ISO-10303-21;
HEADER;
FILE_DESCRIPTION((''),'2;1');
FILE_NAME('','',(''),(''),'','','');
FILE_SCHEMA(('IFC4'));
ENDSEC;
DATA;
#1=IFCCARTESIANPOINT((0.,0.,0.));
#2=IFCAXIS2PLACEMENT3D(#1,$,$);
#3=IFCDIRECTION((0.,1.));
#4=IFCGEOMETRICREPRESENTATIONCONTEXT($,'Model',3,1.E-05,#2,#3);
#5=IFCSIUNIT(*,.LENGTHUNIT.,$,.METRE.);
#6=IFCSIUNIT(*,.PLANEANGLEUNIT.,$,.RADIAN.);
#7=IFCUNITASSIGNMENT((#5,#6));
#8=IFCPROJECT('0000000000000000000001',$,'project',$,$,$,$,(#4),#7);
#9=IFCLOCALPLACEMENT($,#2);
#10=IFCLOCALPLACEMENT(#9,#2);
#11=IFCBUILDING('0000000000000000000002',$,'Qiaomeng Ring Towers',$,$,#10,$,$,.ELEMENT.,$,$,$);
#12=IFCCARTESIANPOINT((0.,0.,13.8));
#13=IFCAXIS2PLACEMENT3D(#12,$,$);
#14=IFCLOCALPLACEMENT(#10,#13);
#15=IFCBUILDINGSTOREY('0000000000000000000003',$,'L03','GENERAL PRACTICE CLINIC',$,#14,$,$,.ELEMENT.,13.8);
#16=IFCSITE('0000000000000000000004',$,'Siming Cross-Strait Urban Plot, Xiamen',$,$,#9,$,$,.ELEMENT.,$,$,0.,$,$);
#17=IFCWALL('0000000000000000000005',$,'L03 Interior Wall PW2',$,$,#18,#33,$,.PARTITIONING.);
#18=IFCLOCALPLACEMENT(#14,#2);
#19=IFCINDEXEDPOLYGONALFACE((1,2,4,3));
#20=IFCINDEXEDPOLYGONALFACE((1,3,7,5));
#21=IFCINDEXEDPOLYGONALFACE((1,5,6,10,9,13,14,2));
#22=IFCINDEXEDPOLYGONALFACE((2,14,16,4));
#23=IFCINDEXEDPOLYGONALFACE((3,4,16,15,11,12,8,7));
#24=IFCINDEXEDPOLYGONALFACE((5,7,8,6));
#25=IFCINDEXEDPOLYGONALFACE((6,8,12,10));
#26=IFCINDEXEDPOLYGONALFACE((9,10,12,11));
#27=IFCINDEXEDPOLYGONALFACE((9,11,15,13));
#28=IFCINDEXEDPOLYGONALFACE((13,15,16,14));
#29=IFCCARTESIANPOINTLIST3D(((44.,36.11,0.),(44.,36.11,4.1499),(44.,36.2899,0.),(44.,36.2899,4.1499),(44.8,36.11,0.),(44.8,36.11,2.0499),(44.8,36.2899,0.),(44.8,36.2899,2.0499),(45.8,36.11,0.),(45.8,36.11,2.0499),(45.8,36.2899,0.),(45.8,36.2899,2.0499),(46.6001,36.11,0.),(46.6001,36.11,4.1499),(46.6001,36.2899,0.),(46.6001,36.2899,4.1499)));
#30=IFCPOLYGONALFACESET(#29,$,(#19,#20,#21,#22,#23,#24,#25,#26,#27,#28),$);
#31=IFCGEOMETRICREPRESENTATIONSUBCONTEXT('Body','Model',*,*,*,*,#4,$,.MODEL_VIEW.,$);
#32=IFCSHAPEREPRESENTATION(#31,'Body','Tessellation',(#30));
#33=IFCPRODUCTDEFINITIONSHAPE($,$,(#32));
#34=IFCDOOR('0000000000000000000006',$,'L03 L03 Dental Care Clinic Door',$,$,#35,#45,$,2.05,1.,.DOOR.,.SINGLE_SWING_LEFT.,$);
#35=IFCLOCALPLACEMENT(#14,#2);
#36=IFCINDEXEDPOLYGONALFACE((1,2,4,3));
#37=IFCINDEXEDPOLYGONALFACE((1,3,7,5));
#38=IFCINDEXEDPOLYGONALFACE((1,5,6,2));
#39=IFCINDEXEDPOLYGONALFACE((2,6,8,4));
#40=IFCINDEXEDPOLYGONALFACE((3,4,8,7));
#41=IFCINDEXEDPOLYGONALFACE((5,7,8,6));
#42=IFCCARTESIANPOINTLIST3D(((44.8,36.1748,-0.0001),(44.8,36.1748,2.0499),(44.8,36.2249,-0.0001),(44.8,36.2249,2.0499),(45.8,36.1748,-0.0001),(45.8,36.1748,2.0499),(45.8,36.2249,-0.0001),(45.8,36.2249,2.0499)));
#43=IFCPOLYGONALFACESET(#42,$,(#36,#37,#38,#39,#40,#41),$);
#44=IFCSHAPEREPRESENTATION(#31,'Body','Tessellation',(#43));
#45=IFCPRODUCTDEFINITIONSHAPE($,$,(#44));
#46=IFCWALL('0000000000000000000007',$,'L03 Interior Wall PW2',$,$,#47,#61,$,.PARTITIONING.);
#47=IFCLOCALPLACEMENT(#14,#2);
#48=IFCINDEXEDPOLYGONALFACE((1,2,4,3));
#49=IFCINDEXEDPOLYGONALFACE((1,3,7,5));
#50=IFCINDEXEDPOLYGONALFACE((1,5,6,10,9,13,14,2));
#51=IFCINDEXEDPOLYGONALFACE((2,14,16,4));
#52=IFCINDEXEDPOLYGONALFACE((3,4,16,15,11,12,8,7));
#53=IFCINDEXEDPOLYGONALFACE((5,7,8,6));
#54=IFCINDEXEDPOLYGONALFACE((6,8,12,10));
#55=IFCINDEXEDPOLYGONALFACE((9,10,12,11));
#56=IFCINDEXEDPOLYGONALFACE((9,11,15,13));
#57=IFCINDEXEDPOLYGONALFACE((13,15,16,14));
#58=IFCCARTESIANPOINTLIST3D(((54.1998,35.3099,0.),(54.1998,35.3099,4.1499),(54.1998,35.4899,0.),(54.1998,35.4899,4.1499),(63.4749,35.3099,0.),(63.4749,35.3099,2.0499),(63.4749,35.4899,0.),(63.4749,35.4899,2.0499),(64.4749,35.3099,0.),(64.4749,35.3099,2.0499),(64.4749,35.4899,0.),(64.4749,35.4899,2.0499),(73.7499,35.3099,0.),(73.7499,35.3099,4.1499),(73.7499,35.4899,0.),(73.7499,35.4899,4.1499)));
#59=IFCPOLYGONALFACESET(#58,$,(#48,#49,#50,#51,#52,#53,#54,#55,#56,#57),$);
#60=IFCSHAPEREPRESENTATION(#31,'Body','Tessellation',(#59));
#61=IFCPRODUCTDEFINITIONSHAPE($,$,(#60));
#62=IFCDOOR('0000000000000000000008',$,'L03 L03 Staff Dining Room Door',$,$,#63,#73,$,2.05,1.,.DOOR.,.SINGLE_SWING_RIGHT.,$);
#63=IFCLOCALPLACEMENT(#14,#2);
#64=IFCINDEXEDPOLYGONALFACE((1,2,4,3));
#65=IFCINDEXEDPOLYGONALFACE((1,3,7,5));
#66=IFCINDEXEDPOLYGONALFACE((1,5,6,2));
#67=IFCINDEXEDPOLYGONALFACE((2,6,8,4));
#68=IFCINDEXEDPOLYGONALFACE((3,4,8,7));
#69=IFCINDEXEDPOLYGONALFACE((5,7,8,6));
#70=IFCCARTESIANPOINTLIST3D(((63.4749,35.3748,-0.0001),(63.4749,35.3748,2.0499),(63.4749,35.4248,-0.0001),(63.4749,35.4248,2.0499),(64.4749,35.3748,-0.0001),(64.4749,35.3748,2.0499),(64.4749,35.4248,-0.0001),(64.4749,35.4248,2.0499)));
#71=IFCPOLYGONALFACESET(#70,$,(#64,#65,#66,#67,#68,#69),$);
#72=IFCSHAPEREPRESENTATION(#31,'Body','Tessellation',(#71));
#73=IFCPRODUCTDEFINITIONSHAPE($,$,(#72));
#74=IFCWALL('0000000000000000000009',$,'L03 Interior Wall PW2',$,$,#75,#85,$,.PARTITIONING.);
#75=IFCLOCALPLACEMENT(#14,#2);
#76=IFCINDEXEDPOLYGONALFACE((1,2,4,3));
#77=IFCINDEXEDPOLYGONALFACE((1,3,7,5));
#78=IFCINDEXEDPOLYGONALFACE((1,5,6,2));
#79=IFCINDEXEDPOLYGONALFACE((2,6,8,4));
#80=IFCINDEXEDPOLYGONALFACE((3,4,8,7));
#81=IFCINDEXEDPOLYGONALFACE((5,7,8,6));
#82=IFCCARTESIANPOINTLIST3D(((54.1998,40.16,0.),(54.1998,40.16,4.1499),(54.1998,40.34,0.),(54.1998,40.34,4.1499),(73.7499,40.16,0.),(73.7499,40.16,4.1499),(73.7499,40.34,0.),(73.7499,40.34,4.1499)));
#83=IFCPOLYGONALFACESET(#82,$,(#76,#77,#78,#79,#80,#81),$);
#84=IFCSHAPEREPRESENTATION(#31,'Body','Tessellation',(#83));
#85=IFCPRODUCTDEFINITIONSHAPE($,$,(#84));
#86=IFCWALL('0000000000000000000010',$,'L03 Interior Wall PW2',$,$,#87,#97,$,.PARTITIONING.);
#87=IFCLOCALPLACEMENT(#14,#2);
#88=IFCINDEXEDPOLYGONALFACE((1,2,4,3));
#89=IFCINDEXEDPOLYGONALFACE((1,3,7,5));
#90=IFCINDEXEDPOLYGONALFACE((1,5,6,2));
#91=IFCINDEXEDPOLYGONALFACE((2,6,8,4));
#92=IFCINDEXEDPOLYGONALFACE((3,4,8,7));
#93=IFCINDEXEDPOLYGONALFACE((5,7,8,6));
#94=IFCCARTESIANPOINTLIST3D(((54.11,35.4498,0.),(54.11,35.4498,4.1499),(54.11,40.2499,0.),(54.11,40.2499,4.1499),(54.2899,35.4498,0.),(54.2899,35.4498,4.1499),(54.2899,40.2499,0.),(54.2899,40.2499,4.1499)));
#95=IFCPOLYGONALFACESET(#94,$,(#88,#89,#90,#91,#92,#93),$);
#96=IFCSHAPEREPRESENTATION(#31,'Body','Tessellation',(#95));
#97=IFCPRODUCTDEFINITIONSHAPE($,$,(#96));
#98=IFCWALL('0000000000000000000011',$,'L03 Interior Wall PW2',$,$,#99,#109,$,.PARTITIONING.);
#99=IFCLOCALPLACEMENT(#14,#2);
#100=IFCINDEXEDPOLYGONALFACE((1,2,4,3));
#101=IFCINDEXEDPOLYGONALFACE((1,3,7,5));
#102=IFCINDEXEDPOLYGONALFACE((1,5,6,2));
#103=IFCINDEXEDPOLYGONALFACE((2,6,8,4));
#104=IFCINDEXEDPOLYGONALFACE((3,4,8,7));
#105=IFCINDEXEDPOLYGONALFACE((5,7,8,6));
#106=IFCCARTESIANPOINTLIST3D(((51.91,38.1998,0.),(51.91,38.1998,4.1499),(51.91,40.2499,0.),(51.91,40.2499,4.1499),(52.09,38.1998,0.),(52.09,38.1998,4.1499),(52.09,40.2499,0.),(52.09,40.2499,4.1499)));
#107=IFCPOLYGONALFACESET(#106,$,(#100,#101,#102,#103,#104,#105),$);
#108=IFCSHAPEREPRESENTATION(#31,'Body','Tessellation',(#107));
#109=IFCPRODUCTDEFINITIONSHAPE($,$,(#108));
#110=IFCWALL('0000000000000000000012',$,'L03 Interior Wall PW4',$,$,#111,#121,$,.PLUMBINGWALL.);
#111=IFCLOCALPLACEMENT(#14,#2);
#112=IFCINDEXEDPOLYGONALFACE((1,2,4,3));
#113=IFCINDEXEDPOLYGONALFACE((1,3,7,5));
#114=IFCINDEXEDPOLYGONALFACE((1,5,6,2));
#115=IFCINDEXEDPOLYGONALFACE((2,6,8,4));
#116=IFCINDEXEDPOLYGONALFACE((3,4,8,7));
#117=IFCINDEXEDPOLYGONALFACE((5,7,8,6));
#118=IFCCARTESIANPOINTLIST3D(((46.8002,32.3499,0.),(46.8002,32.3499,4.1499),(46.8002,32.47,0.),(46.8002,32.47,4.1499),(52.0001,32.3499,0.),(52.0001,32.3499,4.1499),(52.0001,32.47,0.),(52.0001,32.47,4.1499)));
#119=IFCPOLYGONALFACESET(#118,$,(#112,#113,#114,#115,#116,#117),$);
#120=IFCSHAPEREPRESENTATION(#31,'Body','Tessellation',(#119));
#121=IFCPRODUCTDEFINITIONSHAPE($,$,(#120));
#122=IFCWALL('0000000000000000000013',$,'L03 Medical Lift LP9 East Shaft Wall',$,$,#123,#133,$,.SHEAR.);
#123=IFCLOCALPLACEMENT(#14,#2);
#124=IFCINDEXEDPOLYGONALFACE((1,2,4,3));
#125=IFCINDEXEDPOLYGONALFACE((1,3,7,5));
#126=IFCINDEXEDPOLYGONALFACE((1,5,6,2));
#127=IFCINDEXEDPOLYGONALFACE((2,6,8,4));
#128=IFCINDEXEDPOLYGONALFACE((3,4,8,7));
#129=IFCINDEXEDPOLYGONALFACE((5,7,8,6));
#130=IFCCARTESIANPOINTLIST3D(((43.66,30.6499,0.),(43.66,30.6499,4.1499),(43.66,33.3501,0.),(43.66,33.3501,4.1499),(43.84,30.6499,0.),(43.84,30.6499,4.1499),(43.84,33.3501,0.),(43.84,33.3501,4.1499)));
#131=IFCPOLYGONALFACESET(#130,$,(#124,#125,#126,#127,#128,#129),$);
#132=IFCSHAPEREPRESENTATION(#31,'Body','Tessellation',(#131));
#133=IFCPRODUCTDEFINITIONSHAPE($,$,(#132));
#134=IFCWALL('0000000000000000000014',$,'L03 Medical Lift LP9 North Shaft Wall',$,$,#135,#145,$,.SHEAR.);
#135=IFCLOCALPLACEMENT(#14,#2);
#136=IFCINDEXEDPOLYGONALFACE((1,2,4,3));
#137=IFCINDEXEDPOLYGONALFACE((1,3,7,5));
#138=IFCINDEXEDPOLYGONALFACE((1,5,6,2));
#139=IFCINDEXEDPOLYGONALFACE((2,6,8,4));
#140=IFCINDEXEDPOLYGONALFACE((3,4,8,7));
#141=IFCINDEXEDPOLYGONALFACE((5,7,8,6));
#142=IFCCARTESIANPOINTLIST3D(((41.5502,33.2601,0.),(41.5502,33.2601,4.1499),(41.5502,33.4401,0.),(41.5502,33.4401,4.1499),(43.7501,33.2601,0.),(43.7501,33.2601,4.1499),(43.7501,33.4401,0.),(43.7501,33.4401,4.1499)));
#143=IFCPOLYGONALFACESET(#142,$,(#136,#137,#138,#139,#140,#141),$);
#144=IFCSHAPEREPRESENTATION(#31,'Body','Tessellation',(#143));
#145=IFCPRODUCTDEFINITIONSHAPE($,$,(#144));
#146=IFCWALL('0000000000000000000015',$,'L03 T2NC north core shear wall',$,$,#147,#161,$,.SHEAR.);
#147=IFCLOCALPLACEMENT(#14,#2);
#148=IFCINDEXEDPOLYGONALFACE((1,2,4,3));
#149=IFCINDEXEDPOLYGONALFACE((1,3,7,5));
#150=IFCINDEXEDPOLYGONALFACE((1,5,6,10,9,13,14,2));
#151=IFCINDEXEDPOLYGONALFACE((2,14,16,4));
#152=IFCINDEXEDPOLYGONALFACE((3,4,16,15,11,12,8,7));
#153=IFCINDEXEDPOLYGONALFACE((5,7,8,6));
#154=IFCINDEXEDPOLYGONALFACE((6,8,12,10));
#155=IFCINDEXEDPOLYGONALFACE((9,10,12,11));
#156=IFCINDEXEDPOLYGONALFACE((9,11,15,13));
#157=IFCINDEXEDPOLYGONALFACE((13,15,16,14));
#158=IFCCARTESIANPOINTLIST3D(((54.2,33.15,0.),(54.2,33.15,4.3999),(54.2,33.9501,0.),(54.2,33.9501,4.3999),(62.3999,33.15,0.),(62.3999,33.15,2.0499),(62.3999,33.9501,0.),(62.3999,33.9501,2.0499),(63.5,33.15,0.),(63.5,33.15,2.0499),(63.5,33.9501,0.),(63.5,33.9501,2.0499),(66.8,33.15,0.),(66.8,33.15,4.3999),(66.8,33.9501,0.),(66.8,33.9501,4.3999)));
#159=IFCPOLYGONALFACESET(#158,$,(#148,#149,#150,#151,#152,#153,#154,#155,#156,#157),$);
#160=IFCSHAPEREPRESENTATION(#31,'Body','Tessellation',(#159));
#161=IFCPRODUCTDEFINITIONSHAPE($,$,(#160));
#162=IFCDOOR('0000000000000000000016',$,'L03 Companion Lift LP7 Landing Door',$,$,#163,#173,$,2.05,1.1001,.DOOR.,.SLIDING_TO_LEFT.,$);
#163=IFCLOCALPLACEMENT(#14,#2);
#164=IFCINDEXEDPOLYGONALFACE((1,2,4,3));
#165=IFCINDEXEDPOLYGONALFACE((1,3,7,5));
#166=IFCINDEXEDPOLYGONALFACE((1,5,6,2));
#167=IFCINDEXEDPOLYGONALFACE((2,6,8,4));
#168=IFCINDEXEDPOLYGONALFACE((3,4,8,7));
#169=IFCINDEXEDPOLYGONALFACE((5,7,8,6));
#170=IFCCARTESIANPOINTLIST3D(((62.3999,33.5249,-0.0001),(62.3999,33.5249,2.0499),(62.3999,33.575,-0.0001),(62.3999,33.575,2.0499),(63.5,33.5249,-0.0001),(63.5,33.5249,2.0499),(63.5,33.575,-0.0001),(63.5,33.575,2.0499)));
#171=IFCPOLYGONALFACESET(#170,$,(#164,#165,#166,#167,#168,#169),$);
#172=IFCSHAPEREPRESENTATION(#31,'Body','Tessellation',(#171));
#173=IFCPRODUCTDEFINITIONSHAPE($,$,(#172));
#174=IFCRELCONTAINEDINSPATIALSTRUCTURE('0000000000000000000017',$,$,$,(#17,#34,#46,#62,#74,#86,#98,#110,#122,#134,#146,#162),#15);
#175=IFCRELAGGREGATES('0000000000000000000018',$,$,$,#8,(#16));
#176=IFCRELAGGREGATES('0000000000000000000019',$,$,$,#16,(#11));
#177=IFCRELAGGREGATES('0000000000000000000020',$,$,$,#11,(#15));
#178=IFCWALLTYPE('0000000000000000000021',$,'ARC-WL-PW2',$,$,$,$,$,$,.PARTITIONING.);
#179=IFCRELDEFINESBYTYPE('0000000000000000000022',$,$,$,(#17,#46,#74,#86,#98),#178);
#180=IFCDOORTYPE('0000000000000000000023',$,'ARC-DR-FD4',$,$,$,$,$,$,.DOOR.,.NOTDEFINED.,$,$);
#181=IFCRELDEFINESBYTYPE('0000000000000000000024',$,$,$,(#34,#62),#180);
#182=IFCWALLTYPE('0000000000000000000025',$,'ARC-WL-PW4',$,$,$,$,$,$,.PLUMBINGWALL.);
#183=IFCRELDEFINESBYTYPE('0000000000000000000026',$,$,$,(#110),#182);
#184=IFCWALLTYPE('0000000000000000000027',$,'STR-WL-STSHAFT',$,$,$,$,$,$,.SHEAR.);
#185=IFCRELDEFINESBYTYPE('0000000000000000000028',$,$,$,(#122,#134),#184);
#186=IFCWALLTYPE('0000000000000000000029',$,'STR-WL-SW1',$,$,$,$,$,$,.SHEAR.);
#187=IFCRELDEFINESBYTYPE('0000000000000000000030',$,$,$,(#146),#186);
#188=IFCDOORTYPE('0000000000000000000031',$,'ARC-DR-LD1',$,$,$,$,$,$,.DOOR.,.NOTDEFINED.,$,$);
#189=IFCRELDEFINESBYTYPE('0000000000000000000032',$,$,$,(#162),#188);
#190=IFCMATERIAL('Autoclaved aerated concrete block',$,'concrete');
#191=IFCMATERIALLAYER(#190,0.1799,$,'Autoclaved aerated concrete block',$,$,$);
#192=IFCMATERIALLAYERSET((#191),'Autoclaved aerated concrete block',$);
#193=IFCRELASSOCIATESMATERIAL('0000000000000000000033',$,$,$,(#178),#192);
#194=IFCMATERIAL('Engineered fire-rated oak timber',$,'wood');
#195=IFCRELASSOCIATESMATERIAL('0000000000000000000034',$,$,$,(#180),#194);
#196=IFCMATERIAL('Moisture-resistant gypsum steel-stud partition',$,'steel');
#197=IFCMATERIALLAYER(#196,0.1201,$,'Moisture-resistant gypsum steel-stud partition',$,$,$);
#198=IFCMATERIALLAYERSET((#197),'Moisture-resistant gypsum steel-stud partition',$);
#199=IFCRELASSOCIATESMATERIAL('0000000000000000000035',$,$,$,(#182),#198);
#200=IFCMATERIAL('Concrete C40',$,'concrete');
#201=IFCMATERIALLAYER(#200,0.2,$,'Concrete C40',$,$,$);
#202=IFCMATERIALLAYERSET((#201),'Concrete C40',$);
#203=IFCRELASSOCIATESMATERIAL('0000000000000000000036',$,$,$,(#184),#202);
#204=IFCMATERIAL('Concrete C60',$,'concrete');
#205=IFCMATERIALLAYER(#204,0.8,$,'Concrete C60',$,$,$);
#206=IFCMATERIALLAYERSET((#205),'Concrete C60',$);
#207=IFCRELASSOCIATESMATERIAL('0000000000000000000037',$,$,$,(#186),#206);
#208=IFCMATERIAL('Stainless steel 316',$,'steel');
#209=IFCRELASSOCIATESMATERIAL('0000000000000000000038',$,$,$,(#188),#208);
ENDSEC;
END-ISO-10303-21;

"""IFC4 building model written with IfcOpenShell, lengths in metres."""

from ifc_helpers import new_model, si_unit, direction, frame, frame_2d, origin, place, context, subcontext, project, spatial, rectangle, extrude, source, transform, mapped, material, layer, layer_set, type_object, element, fill, save


model = new_model("IFC4")

# Units and contexts
model_context = context("Model", 3, precision=1e-05, world=origin(), true_north=direction((0.0, 1.0)))
body_context = subcontext(model_context, "Body", "Model", "MODEL_VIEW")
ifc_project = project(units=[si_unit("LENGTHUNIT", "METRE"), si_unit("PLANEANGLEUNIT", "RADIAN")], contexts=[model_context])

# Site, building, storey
site_placement = place(None, origin())
site = spatial("IfcSite", under=ifc_project, at=site_placement, Name="Siming Cross-Strait Urban Plot, Xiamen", CompositionType="ELEMENT", RefElevation=0.0)
building_placement = place(site_placement, origin())
building = spatial("IfcBuilding", under=site, at=building_placement, Name="Qiaomeng Ring Towers", CompositionType="ELEMENT")
storey_placement = place(building_placement, frame((0.0, 0.0, 13.8)))
storey = spatial("IfcBuildingStorey", under=building, at=storey_placement, Name="L03", Description="GENERAL PRACTICE CLINIC", CompositionType="ELEMENT", Elevation=13.8)

# Shared definitions
ifc_material_1 = material(Name="Concrete C60", Category="concrete")

# Shared definitions
ifc_material_2 = material(Name="Autoclaved aerated concrete block", Category="concrete")
ifc_layer_1 = layer(ifc_material_2, 0.1799, Name="Autoclaved aerated concrete block")
ifc_layer_set_1 = layer_set([ifc_layer_1], Name="Autoclaved aerated concrete block")
wall_type_1 = type_object("IfcWallType", Name="ARC-WL-PW2", PredefinedType="PARTITIONING", material=ifc_layer_set_1)

# Walls, openings, doors
wall_1_placement = place(storey_placement, frame((44.0, 36.2, 0.0), z_axis=(0.0, 0.0, 1.0), x_axis=(1.0, 0.0, 0.0)))
wall_1 = element("IfcWall", 1, at=wall_1_placement, inside=storey, type_object=wall_type_1, Name="L03 Interior Wall PW2", PredefinedType="PARTITIONING", context=body_context, shape_type="SweptSolid", body=[
    extrude(rectangle(XDim=2.6001, YDim=0.1799, at=frame_2d((1.3, 0.0))), origin(), (0.0, 0.0, 1.0), 4.1499),
])
opening_1_placement = place(wall_1_placement, frame((0.8, 0.0, 0.0)))
opening_1 = element("IfcOpeningElement", 2, at=opening_1_placement, cuts=wall_1, PredefinedType="OPENING", context=body_context, shape_type="SweptSolid", body=[
    extrude(rectangle(XDim=1.0, YDim=2.05, at=frame_2d((0.5, 1.0249))), frame((0.0, 0.0999, 0.0), z_axis=(0.0, -1.0, 0.0), x_axis=(1.0, 0.0, 0.0)), (0.0, 0.0, 1.0), 0.2),
])
ifc_material_3 = material(Name="Engineered fire-rated oak timber", Category="wood")
door_type_1 = type_object("IfcDoorType", Name="ARC-DR-FD4", OperationType="NOTDEFINED", PredefinedType="DOOR", material=ifc_material_3)
shared_shape_1 = source(origin(), body_context, "Body", "SweptSolid", [
    extrude(rectangle(XDim=1.0, YDim=2.05, at=frame_2d((0.5, 1.0249))), frame((0.0, 0.0249, 0.0), z_axis=(0.0, -1.0, 0.0), x_axis=(1.0, 0.0, 0.0)), (0.0, 0.0, 1.0), 0.05),
])
door_1_placement = place(opening_1_placement, origin())
door_1 = element("IfcDoor", 3, at=door_1_placement, inside=storey, type_object=door_type_1, Name="L03 L03 Dental Care Clinic Door", OperationType="SINGLE_SWING_LEFT", OverallHeight=2.05, OverallWidth=1.0, PredefinedType="DOOR", context=body_context, shape_type="MappedRepresentation", body=[
    mapped(shared_shape_1, transform((0.0, 0.0, 0.0), x_axis=(1.0, 0.0, 0.0), y_axis=(0.0, 1.0, 0.0), z_axis=(0.0, 0.0, 1.0), scale=1.0)),
])
fill(opening_1, door_1)
wall_2_placement = place(storey_placement, frame((54.2, 35.3999, 0.0), z_axis=(0.0, 0.0, 1.0), x_axis=(1.0, 0.0, 0.0)))
wall_2 = element("IfcWall", 4, at=wall_2_placement, inside=storey, type_object=wall_type_1, Name="L03 Interior Wall PW2", PredefinedType="PARTITIONING", context=body_context, shape_type="SweptSolid", body=[
    extrude(rectangle(XDim=19.55, YDim=0.1799, at=frame_2d((9.7749, 0.0))), origin(), (0.0, 0.0, 1.0), 4.1499),
])
opening_2_placement = place(wall_2_placement, frame((9.2749, 0.0, 0.0)))
opening_2 = element("IfcOpeningElement", 5, at=opening_2_placement, cuts=wall_2, PredefinedType="OPENING", context=body_context, shape_type="SweptSolid", body=[
    extrude(rectangle(XDim=1.0, YDim=2.05, at=frame_2d((0.5, 1.0249))), frame((0.0, 0.0999, 0.0), z_axis=(0.0, -1.0, 0.0), x_axis=(1.0, 0.0, 0.0)), (0.0, 0.0, 1.0), 0.2),
])
door_2_placement = place(opening_2_placement, origin())
door_2 = element("IfcDoor", 6, at=door_2_placement, inside=storey, type_object=door_type_1, Name="L03 L03 Staff Dining Room Door", OperationType="SINGLE_SWING_RIGHT", OverallHeight=2.05, OverallWidth=1.0, PredefinedType="DOOR", context=body_context, shape_type="MappedRepresentation", body=[
    mapped(shared_shape_1, transform((0.0, 0.0, 0.0), x_axis=(1.0, 0.0, 0.0), y_axis=(0.0, 1.0, 0.0), z_axis=(0.0, 0.0, 1.0), scale=1.0)),
])
fill(opening_2, door_2)

# Walls
wall_3_placement = place(storey_placement, frame((54.2, 40.25, 0.0), z_axis=(0.0, 0.0, 1.0), x_axis=(1.0, 0.0, 0.0)))
element("IfcWall", 7, at=wall_3_placement, inside=storey, type_object=wall_type_1, Name="L03 Interior Wall PW2", PredefinedType="PARTITIONING", context=body_context, shape_type="SweptSolid", body=[
    extrude(rectangle(XDim=19.55, YDim=0.1799, at=frame_2d((9.7749, 0.0))), origin(), (0.0, 0.0, 1.0), 4.1499),
])
wall_4_placement = place(storey_placement, frame((54.2, 35.45, 0.0), z_axis=(0.0, 0.0, 1.0), x_axis=(0.0, 1.0, 0.0)))
element("IfcWall", 8, at=wall_4_placement, inside=storey, type_object=wall_type_1, Name="L03 Interior Wall PW2", PredefinedType="PARTITIONING", context=body_context, shape_type="SweptSolid", body=[
    extrude(rectangle(XDim=4.8, YDim=0.1799, at=frame_2d((2.3999, 0.0))), origin(), (0.0, 0.0, 1.0), 4.1499),
])
wall_5_placement = place(storey_placement, frame((52.0, 38.2, 0.0), z_axis=(0.0, 0.0, 1.0), x_axis=(0.0, 1.0, 0.0)))
element("IfcWall", 9, at=wall_5_placement, inside=storey, type_object=wall_type_1, Name="L03 Interior Wall PW2", PredefinedType="PARTITIONING", context=body_context, shape_type="SweptSolid", body=[
    extrude(rectangle(XDim=2.05, YDim=0.1799, at=frame_2d((1.0249, 0.0))), origin(), (0.0, 0.0, 1.0), 4.1499),
])
ifc_material_4 = material(Name="Moisture-resistant gypsum steel-stud partition", Category="steel")
ifc_layer_2 = layer(ifc_material_4, 0.1201, Name="Moisture-resistant gypsum steel-stud partition")
ifc_layer_set_2 = layer_set([ifc_layer_2], Name="Moisture-resistant gypsum steel-stud partition")
wall_type_2 = type_object("IfcWallType", Name="ARC-WL-PW4", PredefinedType="PLUMBINGWALL", material=ifc_layer_set_2)
wall_6_placement = place(storey_placement, frame((46.8, 32.4099, 0.0), z_axis=(0.0, 0.0, 1.0), x_axis=(1.0, 0.0, 0.0)))
element("IfcWall", 10, at=wall_6_placement, inside=storey, type_object=wall_type_2, Name="L03 Interior Wall PW4", PredefinedType="PLUMBINGWALL", context=body_context, shape_type="SweptSolid", body=[
    extrude(rectangle(XDim=5.2, YDim=0.1201, at=frame_2d((2.6001, 0.0))), origin(), (0.0, 0.0, 1.0), 4.1499),
])
ifc_material_5 = material(Name="Concrete C40", Category="concrete")
ifc_layer_3 = layer(ifc_material_5, 0.2, Name="Concrete C40")
ifc_layer_set_3 = layer_set([ifc_layer_3], Name="Concrete C40")
wall_type_3 = type_object("IfcWallType", Name="STR-WL-STSHAFT", PredefinedType="SHEAR", material=ifc_layer_set_3)
wall_7_placement = place(storey_placement, frame((43.75, 30.6499, 0.0), z_axis=(0.0, 0.0, 1.0), x_axis=(0.0, 1.0, 0.0)))
element("IfcWall", 11, at=wall_7_placement, inside=storey, type_object=wall_type_3, Name="L03 Medical Lift LP9 East Shaft Wall", PredefinedType="SHEAR", context=body_context, shape_type="SweptSolid", body=[
    extrude(rectangle(XDim=2.7002, YDim=0.1799, at=frame_2d((1.3501, 0.0))), origin(), (0.0, 0.0, 1.0), 4.1499),
])
wall_8_placement = place(storey_placement, frame((41.55, 33.3501, 0.0), z_axis=(0.0, 0.0, 1.0), x_axis=(1.0, 0.0, 0.0)))
element("IfcWall", 12, at=wall_8_placement, inside=storey, type_object=wall_type_3, Name="L03 Medical Lift LP9 North Shaft Wall", PredefinedType="SHEAR", context=body_context, shape_type="SweptSolid", body=[
    extrude(rectangle(XDim=2.2, YDim=0.1799, at=frame_2d((1.1001, 0.0))), origin(), (0.0, 0.0, 1.0), 4.1499),
])

# Wall, opening, door
ifc_layer_4 = layer(ifc_material_1, 0.8, Name="Concrete C60")
ifc_layer_set_4 = layer_set([ifc_layer_4], Name="Concrete C60")
wall_type_4 = type_object("IfcWallType", Name="STR-WL-SW1", PredefinedType="SHEAR", material=ifc_layer_set_4)
wall_9_placement = place(storey_placement, frame((54.2, 33.55, 0.0), z_axis=(0.0, 0.0, 1.0), x_axis=(1.0, 0.0, 0.0)))
wall_9 = element("IfcWall", 13, at=wall_9_placement, inside=storey, type_object=wall_type_4, Name="L03 T2NC north core shear wall", PredefinedType="SHEAR", context=body_context, shape_type="SweptSolid", body=[
    extrude(rectangle(XDim=12.6001, YDim=0.8, at=frame_2d((6.3, 0.0))), origin(), (0.0, 0.0, 1.0), 4.3999),
])
opening_3_placement = place(wall_9_placement, frame((8.2, 0.0, 0.0)))
opening_3 = element("IfcOpeningElement", 14, at=opening_3_placement, cuts=wall_9, PredefinedType="OPENING", context=body_context, shape_type="SweptSolid", body=[
    extrude(rectangle(XDim=1.1001, YDim=2.05, at=frame_2d((0.55, 1.0249))), frame((0.0, 0.4099, 0.0), z_axis=(0.0, -1.0, 0.0), x_axis=(1.0, 0.0, 0.0)), (0.0, 0.0, 1.0), 0.8201),
])
ifc_material_6 = material(Name="Stainless steel 316", Category="steel")
door_type_2 = type_object("IfcDoorType", Name="ARC-DR-LD1", OperationType="NOTDEFINED", PredefinedType="DOOR", material=ifc_material_6)
shared_shape_2 = source(origin(), body_context, "Body", "SweptSolid", [
    extrude(rectangle(XDim=1.1001, YDim=2.05, at=frame_2d((0.55, 1.0249))), frame((0.0, 0.0249, 0.0), z_axis=(0.0, -1.0, 0.0), x_axis=(1.0, 0.0, 0.0)), (0.0, 0.0, 1.0), 0.05),
])
door_3_placement = place(opening_3_placement, origin())
door_3 = element("IfcDoor", 15, at=door_3_placement, inside=storey, type_object=door_type_2, Name="L03 Companion Lift LP7 Landing Door", OperationType="SLIDING_TO_LEFT", OverallHeight=2.05, OverallWidth=1.1001, PredefinedType="DOOR", context=body_context, shape_type="MappedRepresentation", body=[
    mapped(shared_shape_2, transform((0.0, 0.0, 0.0), x_axis=(1.0, 0.0, 0.0), y_axis=(0.0, 1.0, 0.0), z_axis=(0.0, 0.0, 1.0), scale=1.0)),
])
fill(opening_3, door_3)

save(model, "model.ifc")
